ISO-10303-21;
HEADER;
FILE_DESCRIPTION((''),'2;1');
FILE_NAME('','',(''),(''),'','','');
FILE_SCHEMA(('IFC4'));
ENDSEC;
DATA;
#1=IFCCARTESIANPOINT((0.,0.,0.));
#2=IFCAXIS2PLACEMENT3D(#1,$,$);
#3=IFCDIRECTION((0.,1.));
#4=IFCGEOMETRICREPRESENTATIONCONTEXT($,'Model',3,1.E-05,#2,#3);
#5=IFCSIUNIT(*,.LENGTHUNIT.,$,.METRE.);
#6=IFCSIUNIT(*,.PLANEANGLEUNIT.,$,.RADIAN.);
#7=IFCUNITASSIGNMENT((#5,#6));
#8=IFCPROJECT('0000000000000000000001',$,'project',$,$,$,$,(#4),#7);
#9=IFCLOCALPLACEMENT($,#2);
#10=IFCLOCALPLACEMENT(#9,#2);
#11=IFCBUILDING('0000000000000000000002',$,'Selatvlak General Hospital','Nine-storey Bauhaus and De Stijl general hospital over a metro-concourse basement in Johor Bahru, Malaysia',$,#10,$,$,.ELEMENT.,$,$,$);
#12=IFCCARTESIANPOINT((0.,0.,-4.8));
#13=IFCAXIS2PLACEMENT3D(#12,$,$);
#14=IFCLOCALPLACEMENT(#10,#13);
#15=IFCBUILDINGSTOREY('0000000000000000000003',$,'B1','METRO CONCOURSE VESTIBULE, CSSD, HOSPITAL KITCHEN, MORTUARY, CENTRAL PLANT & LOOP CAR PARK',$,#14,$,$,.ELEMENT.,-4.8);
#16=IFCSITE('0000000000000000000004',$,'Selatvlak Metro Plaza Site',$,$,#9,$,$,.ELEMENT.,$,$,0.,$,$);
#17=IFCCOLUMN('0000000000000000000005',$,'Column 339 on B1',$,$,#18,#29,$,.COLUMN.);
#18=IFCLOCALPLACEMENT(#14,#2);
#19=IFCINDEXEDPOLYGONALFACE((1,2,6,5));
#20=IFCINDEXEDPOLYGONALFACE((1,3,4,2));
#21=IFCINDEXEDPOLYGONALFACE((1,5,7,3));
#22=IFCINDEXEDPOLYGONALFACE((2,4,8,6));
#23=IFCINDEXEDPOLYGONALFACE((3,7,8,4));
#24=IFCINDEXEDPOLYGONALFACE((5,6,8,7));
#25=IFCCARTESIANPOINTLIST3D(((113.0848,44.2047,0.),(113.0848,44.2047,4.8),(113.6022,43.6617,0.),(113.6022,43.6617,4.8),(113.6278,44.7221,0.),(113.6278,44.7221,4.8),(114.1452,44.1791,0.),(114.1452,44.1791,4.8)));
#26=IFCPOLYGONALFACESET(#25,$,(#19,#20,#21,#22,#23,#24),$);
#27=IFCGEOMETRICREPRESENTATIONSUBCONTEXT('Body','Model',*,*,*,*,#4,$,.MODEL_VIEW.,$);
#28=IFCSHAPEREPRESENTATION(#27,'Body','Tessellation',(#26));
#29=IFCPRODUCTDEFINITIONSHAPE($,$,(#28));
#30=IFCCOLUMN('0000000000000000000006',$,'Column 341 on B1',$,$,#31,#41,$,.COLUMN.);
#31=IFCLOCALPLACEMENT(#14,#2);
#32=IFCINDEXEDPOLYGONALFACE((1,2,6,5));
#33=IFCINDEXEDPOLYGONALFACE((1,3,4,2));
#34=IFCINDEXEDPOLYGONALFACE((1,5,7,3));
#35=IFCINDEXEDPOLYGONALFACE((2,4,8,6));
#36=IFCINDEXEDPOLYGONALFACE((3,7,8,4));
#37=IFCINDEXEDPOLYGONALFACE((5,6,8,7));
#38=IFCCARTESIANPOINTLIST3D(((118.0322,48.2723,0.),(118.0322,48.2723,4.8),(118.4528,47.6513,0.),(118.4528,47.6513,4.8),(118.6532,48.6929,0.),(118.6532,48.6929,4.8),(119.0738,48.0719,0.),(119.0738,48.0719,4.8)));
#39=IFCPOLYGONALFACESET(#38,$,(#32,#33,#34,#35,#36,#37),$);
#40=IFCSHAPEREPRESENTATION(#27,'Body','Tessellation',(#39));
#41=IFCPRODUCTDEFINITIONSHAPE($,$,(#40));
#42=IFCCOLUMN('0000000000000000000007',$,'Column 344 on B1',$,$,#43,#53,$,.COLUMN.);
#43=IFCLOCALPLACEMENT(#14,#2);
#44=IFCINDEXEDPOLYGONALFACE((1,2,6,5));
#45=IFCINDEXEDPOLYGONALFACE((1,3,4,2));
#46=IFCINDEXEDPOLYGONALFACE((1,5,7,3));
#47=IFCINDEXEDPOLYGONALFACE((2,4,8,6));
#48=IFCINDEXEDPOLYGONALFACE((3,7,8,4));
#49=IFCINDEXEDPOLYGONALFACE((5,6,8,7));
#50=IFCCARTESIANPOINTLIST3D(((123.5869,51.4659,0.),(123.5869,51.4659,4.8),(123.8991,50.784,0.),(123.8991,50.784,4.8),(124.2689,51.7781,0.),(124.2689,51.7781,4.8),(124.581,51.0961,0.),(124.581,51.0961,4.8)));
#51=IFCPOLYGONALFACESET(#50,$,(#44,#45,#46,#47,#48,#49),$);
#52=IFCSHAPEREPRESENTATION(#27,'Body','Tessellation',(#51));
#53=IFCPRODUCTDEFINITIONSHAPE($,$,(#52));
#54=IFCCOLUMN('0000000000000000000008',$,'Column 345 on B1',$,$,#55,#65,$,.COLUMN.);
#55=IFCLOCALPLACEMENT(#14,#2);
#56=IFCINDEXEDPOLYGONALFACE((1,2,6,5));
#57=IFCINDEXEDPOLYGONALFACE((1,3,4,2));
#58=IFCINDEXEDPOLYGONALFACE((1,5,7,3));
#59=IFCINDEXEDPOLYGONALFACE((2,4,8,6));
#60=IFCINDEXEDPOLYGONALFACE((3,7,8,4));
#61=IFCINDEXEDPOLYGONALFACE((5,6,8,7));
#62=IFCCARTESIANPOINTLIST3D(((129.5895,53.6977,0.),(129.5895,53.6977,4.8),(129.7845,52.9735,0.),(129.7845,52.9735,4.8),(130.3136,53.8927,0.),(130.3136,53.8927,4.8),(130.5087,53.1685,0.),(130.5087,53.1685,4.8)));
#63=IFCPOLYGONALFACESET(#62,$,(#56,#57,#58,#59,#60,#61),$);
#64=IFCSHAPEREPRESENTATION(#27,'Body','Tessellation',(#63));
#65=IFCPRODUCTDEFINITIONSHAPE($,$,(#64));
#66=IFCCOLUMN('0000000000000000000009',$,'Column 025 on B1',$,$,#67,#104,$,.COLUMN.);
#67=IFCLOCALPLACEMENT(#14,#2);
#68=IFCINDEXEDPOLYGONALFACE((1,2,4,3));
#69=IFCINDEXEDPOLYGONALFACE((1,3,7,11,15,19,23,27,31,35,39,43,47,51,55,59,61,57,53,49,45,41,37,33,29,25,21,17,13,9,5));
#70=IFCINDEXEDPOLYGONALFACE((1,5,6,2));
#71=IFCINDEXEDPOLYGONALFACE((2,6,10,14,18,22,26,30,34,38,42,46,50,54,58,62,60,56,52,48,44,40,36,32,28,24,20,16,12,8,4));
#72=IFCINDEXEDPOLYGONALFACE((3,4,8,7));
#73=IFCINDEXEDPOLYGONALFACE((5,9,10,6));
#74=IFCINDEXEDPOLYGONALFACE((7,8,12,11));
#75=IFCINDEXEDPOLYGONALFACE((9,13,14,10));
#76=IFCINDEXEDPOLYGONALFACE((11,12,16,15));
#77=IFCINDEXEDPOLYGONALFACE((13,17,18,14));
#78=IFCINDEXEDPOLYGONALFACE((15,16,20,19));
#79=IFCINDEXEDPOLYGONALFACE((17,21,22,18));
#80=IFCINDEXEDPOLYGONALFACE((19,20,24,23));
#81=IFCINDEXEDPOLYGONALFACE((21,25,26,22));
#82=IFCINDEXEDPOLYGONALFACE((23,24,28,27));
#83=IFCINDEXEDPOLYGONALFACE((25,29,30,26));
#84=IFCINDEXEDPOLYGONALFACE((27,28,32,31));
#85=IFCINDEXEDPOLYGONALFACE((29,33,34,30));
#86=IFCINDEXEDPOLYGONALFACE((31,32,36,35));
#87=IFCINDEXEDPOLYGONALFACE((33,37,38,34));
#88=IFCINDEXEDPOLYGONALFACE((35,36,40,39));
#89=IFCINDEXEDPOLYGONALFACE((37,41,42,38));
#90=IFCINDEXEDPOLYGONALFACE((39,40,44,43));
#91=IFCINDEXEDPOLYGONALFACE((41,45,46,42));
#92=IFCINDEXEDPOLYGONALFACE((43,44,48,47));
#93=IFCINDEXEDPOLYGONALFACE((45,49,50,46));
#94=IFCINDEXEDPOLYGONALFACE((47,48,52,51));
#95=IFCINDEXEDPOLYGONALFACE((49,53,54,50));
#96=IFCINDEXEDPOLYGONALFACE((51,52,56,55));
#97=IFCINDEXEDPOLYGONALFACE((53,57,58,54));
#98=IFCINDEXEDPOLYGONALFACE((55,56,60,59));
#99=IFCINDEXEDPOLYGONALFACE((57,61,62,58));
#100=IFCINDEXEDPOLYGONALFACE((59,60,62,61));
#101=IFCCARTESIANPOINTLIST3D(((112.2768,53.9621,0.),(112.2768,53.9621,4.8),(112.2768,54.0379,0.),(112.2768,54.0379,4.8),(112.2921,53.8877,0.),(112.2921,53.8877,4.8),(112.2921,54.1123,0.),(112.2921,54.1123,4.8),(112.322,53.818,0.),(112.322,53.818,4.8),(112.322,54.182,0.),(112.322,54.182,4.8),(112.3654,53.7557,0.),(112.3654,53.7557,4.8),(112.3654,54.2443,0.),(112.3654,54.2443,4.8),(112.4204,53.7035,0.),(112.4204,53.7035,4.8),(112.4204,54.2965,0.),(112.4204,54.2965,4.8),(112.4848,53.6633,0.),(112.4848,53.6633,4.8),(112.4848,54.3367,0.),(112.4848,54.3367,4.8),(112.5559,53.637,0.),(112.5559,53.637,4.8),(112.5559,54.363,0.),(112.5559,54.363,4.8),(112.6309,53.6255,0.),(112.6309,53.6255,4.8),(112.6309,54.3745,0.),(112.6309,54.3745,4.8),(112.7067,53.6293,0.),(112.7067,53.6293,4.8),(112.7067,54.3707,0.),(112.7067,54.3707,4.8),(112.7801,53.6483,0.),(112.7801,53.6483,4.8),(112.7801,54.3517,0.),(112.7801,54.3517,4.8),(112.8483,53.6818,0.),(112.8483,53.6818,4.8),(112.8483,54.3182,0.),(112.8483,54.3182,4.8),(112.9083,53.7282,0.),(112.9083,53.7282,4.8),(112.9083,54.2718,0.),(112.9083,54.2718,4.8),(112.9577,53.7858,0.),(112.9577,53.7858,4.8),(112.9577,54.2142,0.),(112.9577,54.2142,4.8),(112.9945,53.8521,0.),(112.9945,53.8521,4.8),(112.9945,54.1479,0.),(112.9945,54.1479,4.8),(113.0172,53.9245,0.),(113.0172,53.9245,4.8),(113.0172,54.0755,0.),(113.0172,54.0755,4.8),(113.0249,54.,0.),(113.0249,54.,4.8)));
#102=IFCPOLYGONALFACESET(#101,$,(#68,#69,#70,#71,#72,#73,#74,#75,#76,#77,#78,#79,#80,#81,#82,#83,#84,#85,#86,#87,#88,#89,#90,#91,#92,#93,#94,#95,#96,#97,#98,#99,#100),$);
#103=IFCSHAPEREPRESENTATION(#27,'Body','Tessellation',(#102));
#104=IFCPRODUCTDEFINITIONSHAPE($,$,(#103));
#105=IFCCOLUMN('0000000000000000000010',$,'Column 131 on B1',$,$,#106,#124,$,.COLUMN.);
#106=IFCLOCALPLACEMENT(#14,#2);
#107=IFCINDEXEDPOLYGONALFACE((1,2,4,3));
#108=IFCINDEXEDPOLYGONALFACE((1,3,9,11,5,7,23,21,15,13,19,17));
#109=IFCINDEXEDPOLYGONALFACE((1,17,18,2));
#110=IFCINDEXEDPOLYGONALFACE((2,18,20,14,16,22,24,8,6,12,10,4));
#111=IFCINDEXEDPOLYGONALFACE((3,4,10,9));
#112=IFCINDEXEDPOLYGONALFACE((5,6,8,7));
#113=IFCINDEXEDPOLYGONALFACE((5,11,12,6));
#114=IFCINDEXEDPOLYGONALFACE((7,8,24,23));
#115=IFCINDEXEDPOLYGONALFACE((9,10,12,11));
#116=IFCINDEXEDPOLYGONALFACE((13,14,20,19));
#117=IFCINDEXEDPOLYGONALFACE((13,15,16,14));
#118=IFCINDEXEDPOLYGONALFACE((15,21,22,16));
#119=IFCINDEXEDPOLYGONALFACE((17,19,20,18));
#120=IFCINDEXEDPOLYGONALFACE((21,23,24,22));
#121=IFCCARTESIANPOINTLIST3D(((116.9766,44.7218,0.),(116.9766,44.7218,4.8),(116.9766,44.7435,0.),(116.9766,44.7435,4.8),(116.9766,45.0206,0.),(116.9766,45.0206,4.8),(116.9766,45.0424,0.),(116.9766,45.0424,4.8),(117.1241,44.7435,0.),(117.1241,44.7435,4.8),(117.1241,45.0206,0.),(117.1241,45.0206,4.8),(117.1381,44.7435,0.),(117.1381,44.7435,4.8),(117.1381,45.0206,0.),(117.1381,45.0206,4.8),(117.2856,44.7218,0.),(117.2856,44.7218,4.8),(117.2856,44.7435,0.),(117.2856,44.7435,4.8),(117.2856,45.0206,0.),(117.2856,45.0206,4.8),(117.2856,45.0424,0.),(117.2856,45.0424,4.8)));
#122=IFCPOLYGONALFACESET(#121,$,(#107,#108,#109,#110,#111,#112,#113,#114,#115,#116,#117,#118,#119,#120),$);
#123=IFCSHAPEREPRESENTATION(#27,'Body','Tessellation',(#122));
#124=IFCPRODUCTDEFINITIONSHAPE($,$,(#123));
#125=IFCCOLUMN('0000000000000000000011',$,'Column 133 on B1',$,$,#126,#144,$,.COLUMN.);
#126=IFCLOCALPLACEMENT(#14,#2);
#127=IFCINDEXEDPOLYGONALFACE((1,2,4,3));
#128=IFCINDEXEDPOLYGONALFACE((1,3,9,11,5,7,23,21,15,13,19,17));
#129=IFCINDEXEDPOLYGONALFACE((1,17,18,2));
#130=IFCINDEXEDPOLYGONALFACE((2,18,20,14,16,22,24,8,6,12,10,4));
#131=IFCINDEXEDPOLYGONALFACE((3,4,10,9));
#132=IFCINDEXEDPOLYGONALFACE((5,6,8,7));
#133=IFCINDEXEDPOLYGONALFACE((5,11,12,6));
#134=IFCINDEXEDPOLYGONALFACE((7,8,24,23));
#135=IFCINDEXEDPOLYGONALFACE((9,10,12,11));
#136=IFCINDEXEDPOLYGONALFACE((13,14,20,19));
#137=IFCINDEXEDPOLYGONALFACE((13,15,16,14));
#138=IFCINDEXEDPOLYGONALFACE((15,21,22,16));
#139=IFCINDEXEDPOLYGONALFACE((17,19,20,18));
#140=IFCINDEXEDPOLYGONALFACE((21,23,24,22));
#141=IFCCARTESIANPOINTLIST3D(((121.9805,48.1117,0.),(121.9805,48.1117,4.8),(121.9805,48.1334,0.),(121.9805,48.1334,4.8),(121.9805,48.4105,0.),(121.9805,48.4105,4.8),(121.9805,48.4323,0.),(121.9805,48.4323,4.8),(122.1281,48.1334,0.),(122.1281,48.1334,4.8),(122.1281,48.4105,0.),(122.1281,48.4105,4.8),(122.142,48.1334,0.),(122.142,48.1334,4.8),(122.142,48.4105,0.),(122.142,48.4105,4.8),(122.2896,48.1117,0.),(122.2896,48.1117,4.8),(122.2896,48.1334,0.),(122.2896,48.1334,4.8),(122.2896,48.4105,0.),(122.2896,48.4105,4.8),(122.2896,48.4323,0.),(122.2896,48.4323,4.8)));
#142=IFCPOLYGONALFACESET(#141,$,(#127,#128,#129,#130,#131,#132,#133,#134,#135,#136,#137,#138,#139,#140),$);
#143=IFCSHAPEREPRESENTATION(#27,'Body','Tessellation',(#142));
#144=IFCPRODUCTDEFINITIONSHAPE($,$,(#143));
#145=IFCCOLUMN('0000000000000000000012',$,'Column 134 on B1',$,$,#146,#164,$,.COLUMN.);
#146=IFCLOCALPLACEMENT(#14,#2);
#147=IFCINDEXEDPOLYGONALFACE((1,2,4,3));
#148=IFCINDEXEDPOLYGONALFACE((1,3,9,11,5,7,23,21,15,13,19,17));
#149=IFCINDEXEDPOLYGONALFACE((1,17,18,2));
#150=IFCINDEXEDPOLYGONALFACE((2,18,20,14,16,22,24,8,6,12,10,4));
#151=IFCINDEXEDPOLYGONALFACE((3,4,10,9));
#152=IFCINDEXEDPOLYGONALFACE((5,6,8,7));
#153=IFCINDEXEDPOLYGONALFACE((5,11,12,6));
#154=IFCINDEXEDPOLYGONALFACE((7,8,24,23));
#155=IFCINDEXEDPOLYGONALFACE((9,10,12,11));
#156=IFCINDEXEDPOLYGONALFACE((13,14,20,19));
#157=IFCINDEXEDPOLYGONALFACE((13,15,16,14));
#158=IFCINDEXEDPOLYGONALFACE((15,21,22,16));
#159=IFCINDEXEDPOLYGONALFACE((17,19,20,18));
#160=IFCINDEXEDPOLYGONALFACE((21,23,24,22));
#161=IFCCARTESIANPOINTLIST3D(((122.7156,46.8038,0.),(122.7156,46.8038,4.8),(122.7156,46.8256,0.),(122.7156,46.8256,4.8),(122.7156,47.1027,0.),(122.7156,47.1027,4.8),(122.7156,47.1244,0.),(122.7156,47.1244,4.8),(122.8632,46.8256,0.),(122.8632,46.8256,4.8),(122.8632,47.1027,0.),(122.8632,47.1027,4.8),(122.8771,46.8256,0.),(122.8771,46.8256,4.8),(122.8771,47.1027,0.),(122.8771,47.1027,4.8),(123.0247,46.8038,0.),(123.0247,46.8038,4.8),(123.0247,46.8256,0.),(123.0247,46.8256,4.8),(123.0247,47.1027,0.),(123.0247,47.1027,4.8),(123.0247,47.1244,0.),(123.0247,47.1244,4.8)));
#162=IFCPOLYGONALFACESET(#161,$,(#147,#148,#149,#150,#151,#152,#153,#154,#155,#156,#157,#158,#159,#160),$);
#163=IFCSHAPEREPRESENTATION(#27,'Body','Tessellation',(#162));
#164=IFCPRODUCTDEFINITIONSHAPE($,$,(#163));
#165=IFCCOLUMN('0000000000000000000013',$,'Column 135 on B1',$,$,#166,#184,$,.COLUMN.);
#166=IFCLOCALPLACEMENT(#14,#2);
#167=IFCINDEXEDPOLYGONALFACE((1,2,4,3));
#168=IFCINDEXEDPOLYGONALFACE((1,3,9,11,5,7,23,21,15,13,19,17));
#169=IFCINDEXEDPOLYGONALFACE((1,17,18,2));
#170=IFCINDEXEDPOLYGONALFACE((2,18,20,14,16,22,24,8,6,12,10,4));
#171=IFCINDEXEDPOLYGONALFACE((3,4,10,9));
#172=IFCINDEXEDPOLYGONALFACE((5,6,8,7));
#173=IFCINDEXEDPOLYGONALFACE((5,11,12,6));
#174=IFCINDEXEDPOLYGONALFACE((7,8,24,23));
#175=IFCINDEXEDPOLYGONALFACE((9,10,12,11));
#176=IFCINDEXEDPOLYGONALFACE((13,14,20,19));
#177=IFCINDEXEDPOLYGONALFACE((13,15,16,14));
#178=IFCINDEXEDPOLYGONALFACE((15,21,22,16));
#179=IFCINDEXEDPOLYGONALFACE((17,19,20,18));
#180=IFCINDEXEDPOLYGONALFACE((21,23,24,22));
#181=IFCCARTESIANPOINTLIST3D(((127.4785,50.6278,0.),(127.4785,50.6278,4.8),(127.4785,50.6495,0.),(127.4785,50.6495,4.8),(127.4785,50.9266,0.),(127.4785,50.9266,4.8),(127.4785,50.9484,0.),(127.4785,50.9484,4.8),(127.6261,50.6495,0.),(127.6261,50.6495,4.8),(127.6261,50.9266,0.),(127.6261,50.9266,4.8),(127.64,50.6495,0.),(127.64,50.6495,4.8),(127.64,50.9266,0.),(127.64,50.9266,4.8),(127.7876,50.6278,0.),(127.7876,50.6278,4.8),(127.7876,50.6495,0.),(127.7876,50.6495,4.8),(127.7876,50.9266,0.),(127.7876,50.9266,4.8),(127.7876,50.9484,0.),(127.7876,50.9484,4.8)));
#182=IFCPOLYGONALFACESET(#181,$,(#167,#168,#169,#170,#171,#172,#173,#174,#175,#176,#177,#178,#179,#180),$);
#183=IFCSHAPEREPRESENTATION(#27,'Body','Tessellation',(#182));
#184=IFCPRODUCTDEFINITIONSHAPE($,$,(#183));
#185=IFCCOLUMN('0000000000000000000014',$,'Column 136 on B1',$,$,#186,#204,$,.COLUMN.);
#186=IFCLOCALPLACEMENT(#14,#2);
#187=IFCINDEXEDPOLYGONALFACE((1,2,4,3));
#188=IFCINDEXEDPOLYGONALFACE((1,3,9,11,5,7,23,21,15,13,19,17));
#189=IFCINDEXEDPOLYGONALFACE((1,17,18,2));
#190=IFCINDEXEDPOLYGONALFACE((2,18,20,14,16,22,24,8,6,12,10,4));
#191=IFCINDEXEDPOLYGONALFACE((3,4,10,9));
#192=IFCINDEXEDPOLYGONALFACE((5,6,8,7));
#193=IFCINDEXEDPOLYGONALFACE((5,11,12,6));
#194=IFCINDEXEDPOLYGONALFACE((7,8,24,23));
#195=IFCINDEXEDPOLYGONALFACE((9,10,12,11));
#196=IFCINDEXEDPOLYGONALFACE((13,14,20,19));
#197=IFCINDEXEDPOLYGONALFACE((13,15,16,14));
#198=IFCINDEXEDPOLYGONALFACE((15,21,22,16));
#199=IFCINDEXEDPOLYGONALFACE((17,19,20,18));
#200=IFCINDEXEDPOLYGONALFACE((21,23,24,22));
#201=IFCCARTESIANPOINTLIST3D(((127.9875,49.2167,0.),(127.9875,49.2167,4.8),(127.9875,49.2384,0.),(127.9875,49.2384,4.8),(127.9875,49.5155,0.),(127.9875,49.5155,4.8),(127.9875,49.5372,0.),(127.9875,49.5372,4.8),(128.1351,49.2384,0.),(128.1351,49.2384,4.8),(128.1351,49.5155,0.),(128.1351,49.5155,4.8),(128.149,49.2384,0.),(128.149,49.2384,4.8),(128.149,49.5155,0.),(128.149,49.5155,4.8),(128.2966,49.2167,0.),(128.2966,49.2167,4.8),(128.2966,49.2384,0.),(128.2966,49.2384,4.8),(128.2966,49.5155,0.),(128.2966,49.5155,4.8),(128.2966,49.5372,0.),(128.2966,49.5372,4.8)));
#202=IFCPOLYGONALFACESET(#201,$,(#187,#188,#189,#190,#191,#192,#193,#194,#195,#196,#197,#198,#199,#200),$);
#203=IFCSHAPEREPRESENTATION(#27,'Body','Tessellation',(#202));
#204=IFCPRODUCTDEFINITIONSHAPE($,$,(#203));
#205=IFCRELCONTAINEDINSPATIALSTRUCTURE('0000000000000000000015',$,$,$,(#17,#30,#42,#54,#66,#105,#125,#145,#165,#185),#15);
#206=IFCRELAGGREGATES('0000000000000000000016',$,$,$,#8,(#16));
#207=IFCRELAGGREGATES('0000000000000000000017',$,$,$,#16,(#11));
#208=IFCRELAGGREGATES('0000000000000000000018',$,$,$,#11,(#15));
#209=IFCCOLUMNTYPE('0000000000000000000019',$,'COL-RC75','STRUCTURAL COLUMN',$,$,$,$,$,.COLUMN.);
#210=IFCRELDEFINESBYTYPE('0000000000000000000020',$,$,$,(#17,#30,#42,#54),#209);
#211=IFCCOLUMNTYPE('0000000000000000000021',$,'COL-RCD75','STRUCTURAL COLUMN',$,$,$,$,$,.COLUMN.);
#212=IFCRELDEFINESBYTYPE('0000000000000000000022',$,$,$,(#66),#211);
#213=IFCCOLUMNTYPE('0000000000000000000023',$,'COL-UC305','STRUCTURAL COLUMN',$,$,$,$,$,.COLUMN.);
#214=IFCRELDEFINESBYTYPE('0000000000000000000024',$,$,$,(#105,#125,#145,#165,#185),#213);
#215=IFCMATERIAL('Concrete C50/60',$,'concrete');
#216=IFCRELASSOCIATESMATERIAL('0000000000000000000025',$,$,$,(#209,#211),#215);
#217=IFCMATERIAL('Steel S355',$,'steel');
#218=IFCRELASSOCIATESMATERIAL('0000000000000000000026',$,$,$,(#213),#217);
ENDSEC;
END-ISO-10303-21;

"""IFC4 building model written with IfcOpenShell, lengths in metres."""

from ifc_helpers import new_model, si_unit, direction, frame, origin, origin_2d, place, context, subcontext, project, spatial, rectangle, circle, i_section, extrude, material, material_profile, profile_set, type_object, element, save


model = new_model("IFC4")

# Units and contexts
model_context = context("Model", 3, precision=1e-05, world=origin(), true_north=direction((0.0, 1.0)))
body_context = subcontext(model_context, "Body", "Model", "MODEL_VIEW")
ifc_project = project(units=[si_unit("LENGTHUNIT", "METRE"), si_unit("PLANEANGLEUNIT", "RADIAN")], contexts=[model_context])

# Site, building, storey
site_placement = place(None, origin())
site = spatial("IfcSite", under=ifc_project, at=site_placement, Name="Selatvlak Metro Plaza Site", CompositionType="ELEMENT", RefElevation=0.0)
building_placement = place(site_placement, origin())
building = spatial("IfcBuilding", under=site, at=building_placement, Name="Selatvlak General Hospital", Description="Nine-storey Bauhaus and De Stijl general hospital over a metro-concourse basement in Johor Bahru, Malaysia", CompositionType="ELEMENT")
storey_placement = place(building_placement, frame((0.0, 0.0, -4.8)))
storey = spatial("IfcBuildingStorey", under=building, at=storey_placement, Name="B1", Description="METRO CONCOURSE VESTIBULE, CSSD, HOSPITAL KITCHEN, MORTUARY, CENTRAL PLANT & LOOP CAR PARK", CompositionType="ELEMENT", Elevation=-4.8)

# Columns
ifc_material_1 = material(Name="Concrete C50/60", Category="concrete")
ifc_material_profile_1 = material_profile(ifc_material_1, rectangle(XDim=0.75, YDim=0.75, at=origin_2d()), Name="RC-COL 750x750")
ifc_profile_set_1 = profile_set([ifc_material_profile_1], Name="Concrete C50/60")
column_type_1 = type_object("IfcColumnType", Name="COL-RC75", Description="STRUCTURAL COLUMN", PredefinedType="COLUMN", material=ifc_profile_set_1)
for number, where, z_axis, x_axis, name in (
    (1, (113.615, 44.1919, 0.0), (0.0, 0.0, 1.0), (-0.689872, 0.723931, 0.0), "Column 339 on B1"),
    (2, (118.553, 48.1721, 0.0), (0.0, 0.0, 1.0), (-0.560726, 0.828002, 0.0), "Column 341 on B1"),
    (3, (124.084, 51.281, 0.0), (0.0, 0.0, 1.0), (-0.416201, 0.909272, 0.0), "Column 344 on B1"),
    (4, (130.0491, 53.4331, 0.0), (0.0, 0.0, 1.0), (-0.260066, 0.965591, 0.0), "Column 345 on B1"),
):
    element("IfcColumn", number, at=place(storey_placement, frame(where, z_axis=z_axis, x_axis=x_axis)), inside=storey, type_object=column_type_1, Name=name, PredefinedType="COLUMN", context=body_context, shape_type="SweptSolid", body=[
        extrude(rectangle(XDim=0.75, YDim=0.75, at=origin_2d()), origin(), (0.0, 0.0, 1.0), 4.8),
    ])
ifc_material_profile_2 = material_profile(ifc_material_1, circle(Radius=0.375, at=origin_2d()), Name="RC-COL D750")
ifc_profile_set_2 = profile_set([ifc_material_profile_2], Name="Concrete C50/60")
column_type_2 = type_object("IfcColumnType", Name="COL-RCD75", Description="STRUCTURAL COLUMN", PredefinedType="COLUMN", material=ifc_profile_set_2)
for number, where, z_axis, x_axis, name in (
    (5, (112.6499, 54.0, 0.0), (0.0, 0.0, 1.0), (1.0, 0.0, 0.0), "Column 025 on B1"),
):
    element("IfcColumn", number, at=place(storey_placement, frame(where, z_axis=z_axis, x_axis=x_axis)), inside=storey, type_object=column_type_2, Name=name, PredefinedType="COLUMN", context=body_context, shape_type="SweptSolid", body=[
        extrude(circle(Radius=0.375, at=origin_2d()), origin(), (0.0, 0.0, 1.0), 4.8),
    ])
ifc_material_2 = material(Name="Steel S355", Category="steel")
ifc_material_profile_3 = material_profile(ifc_material_2, i_section(OverallWidth=0.3091, OverallDepth=0.3206, WebThickness=0.0139, FlangeThickness=0.0217, at=origin_2d()), Name="UC 305x305x137")
ifc_profile_set_3 = profile_set([ifc_material_profile_3], Name="Steel S355")
column_type_3 = type_object("IfcColumnType", Name="COL-UC305", Description="STRUCTURAL COLUMN", PredefinedType="COLUMN", material=ifc_profile_set_3)
for number, where, z_axis, x_axis, name in (
    (6, (117.1311, 44.8821, 0.0), (0.0, 0.0, 1.0), (1.0, 0.0, 0.0), "Column 131 on B1"),
    (7, (122.135, 48.272, 0.0), (0.0, 0.0, 1.0), (1.0, 0.0, 0.0), "Column 133 on B1"),
    (8, (122.8701, 46.9641, 0.0), (0.0, 0.0, 1.0), (1.0, 0.0, 0.0), "Column 134 on B1"),
    (9, (127.6331, 50.7881, 0.0), (0.0, 0.0, 1.0), (1.0, 0.0, 0.0), "Column 135 on B1"),
    (10, (128.1421, 49.377, 0.0), (0.0, 0.0, 1.0), (1.0, 0.0, 0.0), "Column 136 on B1"),
):
    element("IfcColumn", number, at=place(storey_placement, frame(where, z_axis=z_axis, x_axis=x_axis)), inside=storey, type_object=column_type_3, Name=name, PredefinedType="COLUMN", context=body_context, shape_type="SweptSolid", body=[
        extrude(i_section(OverallWidth=0.3091, OverallDepth=0.3206, WebThickness=0.0139, FlangeThickness=0.0217, at=origin_2d()), origin(), (0.0, 0.0, 1.0), 4.8),
    ])

save(model, "model.ifc")
